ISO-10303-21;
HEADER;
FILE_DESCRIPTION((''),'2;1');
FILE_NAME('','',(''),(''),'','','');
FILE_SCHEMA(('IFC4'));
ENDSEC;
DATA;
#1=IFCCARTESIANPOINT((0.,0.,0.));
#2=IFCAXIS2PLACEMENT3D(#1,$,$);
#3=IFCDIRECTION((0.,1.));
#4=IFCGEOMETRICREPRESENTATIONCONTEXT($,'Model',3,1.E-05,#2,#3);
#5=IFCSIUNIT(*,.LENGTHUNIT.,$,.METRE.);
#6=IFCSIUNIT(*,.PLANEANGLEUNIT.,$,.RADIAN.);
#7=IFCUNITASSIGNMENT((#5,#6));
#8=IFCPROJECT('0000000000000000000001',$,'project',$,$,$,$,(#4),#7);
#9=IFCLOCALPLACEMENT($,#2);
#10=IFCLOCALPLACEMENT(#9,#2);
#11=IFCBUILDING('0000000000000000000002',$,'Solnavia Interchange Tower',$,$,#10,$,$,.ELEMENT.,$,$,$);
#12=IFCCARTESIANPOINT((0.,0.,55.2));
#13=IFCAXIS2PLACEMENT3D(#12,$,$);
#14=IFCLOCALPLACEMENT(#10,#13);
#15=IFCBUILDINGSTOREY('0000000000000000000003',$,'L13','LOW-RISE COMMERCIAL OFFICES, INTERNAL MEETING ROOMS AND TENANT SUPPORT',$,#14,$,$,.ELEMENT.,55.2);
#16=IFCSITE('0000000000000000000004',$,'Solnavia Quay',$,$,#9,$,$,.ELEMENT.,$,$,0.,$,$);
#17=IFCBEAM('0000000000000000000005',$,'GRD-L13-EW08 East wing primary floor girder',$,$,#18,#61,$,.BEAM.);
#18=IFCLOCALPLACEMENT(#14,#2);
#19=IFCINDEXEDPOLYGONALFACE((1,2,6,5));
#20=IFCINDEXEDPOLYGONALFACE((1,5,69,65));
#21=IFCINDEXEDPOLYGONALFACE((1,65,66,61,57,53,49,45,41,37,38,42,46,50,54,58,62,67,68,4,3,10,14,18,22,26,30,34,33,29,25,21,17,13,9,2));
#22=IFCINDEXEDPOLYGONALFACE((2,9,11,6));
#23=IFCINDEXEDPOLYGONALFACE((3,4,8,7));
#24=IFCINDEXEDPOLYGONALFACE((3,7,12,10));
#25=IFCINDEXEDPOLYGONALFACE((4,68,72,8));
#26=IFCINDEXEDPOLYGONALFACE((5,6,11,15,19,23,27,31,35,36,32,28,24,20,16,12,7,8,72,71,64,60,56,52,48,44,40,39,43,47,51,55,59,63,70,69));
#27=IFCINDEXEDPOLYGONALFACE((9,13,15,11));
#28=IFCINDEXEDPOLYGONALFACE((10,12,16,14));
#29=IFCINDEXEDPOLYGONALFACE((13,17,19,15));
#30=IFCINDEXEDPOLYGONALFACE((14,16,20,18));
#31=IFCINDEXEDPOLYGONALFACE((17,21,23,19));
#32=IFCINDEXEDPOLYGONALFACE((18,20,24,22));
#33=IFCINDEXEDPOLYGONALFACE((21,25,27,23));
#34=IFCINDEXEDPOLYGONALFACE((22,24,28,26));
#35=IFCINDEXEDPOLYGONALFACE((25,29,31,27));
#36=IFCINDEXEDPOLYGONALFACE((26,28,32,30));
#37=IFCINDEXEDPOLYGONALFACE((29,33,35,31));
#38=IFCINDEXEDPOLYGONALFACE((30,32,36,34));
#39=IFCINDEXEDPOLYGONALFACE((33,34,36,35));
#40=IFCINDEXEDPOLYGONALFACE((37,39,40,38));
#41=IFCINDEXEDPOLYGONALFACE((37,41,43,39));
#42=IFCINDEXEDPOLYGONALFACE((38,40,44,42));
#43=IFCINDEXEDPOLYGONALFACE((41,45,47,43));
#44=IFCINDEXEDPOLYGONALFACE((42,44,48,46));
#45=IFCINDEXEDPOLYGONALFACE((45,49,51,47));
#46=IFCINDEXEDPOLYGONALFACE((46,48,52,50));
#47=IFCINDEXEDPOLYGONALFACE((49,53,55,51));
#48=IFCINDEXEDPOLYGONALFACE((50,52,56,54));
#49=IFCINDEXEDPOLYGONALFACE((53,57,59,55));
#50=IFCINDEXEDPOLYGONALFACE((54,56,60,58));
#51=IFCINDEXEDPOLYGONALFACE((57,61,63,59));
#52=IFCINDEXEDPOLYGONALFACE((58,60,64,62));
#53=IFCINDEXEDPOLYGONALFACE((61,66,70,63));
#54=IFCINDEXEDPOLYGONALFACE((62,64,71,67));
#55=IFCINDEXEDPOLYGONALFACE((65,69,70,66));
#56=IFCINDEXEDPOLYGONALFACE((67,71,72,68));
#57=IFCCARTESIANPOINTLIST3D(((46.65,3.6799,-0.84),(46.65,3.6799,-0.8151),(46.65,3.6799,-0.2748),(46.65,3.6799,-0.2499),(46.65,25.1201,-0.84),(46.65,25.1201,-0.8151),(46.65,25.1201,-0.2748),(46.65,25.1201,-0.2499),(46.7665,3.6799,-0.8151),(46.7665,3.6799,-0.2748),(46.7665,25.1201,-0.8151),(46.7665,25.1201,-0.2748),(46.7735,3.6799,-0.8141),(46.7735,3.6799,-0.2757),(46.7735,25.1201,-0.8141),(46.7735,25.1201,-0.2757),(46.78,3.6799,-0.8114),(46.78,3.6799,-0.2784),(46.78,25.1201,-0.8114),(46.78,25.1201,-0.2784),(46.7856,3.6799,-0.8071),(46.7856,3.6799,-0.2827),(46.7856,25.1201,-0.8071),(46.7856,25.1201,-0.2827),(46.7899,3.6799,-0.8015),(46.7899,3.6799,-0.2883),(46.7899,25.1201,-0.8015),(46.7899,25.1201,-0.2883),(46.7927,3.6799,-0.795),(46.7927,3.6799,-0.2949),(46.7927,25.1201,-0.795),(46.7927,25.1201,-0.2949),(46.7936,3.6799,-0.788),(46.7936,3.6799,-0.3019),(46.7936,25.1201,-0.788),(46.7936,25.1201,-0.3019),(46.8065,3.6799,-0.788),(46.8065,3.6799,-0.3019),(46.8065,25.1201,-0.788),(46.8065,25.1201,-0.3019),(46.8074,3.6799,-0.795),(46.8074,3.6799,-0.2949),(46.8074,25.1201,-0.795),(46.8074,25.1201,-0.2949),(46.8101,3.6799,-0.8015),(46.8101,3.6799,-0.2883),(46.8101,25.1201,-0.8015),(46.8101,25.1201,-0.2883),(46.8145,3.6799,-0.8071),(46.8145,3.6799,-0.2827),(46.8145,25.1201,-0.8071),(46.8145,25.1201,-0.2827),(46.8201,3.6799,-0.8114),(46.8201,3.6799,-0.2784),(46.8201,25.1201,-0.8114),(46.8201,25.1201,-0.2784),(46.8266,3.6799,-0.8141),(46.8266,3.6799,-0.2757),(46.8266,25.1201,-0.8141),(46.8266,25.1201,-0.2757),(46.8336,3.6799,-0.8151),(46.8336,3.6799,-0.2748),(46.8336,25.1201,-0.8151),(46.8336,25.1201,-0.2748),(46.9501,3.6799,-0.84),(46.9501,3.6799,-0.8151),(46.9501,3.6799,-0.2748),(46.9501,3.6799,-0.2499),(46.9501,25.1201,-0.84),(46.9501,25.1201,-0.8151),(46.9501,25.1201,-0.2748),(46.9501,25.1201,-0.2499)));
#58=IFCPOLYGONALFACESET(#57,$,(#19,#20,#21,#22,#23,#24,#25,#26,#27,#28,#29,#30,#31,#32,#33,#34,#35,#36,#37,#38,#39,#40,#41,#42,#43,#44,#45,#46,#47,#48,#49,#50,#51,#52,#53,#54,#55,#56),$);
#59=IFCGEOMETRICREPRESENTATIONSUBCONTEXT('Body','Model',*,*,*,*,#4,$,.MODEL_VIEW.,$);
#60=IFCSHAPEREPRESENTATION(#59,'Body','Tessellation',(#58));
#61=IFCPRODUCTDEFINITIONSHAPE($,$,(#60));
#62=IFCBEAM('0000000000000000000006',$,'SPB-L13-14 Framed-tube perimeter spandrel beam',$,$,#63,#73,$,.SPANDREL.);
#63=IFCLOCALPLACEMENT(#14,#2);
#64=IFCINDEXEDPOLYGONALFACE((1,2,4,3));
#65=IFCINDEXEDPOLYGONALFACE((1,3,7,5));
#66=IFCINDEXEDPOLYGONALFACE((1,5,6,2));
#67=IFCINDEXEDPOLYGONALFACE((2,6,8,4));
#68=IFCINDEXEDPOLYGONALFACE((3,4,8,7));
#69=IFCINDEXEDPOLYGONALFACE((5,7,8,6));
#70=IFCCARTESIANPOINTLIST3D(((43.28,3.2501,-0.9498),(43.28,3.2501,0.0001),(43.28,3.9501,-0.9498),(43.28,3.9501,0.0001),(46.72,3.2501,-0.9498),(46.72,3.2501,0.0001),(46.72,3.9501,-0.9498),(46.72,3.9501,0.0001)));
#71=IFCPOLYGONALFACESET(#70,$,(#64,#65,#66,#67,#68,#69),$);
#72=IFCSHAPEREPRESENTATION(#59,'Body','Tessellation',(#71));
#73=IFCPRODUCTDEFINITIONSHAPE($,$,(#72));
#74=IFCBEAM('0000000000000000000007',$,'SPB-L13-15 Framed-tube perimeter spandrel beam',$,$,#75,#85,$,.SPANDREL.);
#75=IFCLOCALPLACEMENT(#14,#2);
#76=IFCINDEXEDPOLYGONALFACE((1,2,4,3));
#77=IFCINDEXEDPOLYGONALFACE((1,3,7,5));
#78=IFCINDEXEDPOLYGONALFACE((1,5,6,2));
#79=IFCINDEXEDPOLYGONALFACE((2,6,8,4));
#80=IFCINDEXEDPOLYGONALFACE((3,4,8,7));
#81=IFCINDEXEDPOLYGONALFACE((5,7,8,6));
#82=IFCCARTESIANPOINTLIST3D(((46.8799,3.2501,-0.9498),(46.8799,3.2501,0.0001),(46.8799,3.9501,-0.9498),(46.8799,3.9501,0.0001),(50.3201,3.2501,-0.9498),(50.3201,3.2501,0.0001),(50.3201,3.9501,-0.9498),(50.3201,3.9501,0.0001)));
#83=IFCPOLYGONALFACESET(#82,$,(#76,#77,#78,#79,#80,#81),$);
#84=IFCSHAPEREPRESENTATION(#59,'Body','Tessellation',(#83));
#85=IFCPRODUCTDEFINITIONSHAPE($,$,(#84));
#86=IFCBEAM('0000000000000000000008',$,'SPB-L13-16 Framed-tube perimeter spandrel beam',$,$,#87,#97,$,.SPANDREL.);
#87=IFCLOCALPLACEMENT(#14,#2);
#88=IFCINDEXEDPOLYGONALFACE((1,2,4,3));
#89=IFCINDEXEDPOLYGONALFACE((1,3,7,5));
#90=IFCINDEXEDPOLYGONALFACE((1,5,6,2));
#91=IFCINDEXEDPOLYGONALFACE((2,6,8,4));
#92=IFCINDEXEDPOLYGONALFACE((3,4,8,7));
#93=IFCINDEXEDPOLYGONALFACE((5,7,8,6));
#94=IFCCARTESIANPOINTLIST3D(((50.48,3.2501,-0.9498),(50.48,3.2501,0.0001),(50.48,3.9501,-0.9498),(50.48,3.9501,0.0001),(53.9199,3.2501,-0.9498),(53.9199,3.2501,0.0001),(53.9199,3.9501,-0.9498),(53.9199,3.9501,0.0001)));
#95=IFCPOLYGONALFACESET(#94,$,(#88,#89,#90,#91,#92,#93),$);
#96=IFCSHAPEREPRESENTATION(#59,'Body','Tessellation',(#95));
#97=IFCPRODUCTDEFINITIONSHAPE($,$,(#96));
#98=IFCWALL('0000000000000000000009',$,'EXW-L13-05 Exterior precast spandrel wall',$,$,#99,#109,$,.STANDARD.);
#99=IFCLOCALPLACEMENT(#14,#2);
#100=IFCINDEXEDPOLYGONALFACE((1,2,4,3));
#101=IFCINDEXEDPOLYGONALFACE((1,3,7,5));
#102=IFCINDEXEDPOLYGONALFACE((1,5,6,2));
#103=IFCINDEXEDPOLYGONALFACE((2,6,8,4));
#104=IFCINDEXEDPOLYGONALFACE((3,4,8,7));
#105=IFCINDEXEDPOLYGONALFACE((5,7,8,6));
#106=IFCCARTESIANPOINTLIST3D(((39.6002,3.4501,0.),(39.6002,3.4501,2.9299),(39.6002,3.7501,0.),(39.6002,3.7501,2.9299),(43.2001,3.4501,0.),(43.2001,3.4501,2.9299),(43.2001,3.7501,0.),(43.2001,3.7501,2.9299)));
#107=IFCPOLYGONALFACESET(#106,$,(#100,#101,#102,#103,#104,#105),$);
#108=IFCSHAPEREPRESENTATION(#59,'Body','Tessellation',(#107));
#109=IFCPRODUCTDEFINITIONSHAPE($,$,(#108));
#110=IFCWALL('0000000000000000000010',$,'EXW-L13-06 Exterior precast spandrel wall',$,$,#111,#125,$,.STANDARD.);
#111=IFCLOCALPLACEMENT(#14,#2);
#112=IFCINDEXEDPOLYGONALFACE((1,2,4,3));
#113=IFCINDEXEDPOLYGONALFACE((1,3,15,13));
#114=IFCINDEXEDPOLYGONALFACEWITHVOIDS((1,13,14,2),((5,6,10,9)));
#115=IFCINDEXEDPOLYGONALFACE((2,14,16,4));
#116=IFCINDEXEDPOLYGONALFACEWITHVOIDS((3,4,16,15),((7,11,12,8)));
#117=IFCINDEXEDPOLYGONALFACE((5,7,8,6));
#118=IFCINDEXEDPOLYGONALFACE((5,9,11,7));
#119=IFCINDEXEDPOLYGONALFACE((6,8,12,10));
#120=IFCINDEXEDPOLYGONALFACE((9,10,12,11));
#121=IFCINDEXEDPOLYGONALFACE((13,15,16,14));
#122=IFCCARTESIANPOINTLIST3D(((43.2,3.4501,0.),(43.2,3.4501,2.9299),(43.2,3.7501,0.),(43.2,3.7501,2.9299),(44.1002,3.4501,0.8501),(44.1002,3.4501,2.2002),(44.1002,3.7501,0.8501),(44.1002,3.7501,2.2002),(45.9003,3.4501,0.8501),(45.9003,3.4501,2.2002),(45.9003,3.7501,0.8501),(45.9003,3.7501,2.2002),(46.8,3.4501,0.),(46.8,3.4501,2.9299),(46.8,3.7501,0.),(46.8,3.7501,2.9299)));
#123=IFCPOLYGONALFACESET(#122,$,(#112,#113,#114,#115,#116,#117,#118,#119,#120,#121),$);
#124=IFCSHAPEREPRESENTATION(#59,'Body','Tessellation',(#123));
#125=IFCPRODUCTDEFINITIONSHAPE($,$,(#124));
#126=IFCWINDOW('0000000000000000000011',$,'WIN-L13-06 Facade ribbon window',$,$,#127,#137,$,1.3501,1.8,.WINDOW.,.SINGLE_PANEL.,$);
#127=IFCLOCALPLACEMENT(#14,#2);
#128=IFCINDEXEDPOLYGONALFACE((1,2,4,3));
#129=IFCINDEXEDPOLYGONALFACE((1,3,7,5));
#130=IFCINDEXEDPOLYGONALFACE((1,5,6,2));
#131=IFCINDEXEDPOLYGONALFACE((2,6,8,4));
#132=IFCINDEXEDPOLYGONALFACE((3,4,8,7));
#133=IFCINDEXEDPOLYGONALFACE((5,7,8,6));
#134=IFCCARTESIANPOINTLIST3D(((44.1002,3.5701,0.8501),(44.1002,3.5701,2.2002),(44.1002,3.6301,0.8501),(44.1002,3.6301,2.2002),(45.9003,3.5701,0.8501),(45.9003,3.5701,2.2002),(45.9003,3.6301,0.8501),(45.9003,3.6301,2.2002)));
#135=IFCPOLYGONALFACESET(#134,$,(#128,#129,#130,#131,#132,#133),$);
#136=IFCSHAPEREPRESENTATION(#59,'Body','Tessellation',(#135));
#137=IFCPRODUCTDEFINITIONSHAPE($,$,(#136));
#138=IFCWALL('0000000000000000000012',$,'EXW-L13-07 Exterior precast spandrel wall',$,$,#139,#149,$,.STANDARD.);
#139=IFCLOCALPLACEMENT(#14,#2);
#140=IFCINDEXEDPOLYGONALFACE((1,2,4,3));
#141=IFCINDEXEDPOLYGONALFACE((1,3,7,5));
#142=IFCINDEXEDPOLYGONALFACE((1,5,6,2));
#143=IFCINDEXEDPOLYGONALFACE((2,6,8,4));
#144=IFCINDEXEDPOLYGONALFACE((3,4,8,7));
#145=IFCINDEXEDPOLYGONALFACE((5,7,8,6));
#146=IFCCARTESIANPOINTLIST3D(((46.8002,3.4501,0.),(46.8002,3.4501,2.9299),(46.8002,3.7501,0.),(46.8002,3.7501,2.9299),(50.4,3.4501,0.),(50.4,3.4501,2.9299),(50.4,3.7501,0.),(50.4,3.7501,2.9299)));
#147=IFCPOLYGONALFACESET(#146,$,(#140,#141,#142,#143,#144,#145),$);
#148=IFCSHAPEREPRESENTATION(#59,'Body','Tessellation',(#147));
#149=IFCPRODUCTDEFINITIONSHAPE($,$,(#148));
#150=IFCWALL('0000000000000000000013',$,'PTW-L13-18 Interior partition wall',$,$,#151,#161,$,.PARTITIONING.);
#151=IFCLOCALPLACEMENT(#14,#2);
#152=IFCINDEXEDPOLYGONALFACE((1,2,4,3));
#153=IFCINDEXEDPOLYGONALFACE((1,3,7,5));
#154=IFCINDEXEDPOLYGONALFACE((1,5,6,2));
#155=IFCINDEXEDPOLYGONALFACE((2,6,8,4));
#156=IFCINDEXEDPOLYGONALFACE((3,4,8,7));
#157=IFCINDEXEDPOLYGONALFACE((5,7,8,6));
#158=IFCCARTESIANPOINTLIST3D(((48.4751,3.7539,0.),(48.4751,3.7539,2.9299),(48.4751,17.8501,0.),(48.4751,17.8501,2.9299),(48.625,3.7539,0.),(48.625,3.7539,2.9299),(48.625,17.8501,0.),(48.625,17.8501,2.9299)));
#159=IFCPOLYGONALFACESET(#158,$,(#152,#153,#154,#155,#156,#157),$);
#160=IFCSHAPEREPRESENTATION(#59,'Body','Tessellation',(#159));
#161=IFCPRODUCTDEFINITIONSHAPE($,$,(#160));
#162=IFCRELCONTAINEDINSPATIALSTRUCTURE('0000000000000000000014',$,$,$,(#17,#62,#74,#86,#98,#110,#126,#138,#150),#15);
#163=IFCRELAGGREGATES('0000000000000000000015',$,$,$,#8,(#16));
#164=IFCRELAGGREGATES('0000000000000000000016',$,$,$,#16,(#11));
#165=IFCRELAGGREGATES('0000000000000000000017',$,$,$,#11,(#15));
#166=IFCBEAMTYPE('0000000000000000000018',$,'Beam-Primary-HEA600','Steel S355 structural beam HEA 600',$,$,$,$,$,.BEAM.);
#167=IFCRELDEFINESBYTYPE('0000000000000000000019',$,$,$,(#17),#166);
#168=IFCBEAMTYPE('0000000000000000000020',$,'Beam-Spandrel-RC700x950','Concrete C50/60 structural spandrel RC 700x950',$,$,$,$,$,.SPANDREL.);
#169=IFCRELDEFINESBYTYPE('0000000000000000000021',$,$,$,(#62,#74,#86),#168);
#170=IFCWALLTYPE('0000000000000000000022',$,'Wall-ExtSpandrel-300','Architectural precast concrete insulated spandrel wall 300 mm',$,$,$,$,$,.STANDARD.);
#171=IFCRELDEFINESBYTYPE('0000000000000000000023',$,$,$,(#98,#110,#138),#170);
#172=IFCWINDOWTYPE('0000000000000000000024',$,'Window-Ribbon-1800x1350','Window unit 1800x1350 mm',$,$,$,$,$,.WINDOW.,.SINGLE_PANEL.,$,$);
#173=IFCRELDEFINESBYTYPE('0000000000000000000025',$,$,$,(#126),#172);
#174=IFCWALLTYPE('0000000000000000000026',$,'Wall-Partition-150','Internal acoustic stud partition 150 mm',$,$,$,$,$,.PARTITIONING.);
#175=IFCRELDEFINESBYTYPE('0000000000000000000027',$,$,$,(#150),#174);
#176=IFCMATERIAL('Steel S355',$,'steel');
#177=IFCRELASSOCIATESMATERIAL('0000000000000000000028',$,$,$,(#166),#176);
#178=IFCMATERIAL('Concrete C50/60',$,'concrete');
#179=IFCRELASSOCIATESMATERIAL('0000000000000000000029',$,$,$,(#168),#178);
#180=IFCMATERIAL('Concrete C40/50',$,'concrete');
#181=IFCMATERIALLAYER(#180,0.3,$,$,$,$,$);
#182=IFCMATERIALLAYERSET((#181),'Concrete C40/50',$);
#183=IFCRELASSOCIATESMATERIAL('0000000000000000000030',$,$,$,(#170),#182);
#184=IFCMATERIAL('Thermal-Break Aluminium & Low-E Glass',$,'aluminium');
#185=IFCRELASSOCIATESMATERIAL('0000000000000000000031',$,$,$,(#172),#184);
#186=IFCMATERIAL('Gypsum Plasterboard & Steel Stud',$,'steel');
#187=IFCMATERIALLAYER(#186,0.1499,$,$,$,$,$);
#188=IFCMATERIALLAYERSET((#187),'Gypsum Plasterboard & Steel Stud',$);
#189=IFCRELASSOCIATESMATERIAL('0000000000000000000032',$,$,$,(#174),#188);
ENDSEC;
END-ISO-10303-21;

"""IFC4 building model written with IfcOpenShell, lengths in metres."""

from ifc_helpers import new_model, si_unit, direction, frame, frame_2d, origin, origin_2d, place, context, subcontext, project, spatial, rectangle, i_section, extrude, material, layer, layer_set, material_profile, profile_set, type_object, element, fill, save


model = new_model("IFC4")

# Units and contexts
model_context = context("Model", 3, precision=1e-05, world=origin(), true_north=direction((0.0, 1.0)))
body_context = subcontext(model_context, "Body", "Model", "MODEL_VIEW")
ifc_project = project(units=[si_unit("LENGTHUNIT", "METRE"), si_unit("PLANEANGLEUNIT", "RADIAN")], contexts=[model_context])

# Site, building, storey
site_placement = place(None, origin())
site = spatial("IfcSite", under=ifc_project, at=site_placement, Name="Solnavia Quay", CompositionType="ELEMENT", RefElevation=0.0)
building_placement = place(site_placement, origin())
building = spatial("IfcBuilding", under=site, at=building_placement, Name="Solnavia Interchange Tower", CompositionType="ELEMENT")
storey_placement = place(building_placement, frame((0.0, 0.0, 55.2)))
storey = spatial("IfcBuildingStorey", under=building, at=storey_placement, Name="L13", Description="LOW-RISE COMMERCIAL OFFICES, INTERNAL MEETING ROOMS AND TENANT SUPPORT", CompositionType="ELEMENT", Elevation=55.2)

# Shared definitions
ifc_material_1 = material(Name="Steel S355", Category="steel")

# Beams
ifc_material_profile_1 = material_profile(ifc_material_1, i_section(OverallWidth=0.3, OverallDepth=0.5901, WebThickness=0.0129, FlangeThickness=0.0249, FilletRadius=0.0271, at=origin_2d()), Name="HEA 600")
ifc_profile_set_1 = profile_set([ifc_material_profile_1], Name="Steel S355")
beam_type_1 = type_object("IfcBeamType", Name="Beam-Primary-HEA600", Description="Steel S355 structural beam HEA 600", PredefinedType="BEAM", material=ifc_profile_set_1)
beam_1_placement = place(storey_placement, frame((46.8, 3.6799, -0.5449), z_axis=(0.0, 1.0, 0.0), x_axis=(-1.0, 0.0, 0.0)))
element("IfcBeam", 1, at=beam_1_placement, inside=storey, type_object=beam_type_1, Name="GRD-L13-EW08 East wing primary floor girder", PredefinedType="BEAM", context=body_context, shape_type="SweptSolid", body=[
    extrude(i_section(OverallWidth=0.3, OverallDepth=0.5901, WebThickness=0.0129, FlangeThickness=0.0249, FilletRadius=0.0271, at=origin_2d()), origin(), (0.0, 0.0, 1.0), 21.4402),
])
ifc_material_2 = material(Name="Concrete C50/60", Category="concrete")
ifc_material_profile_2 = material_profile(ifc_material_2, rectangle(XDim=0.7, YDim=0.95, at=origin_2d()), Name="RC 700x950")
ifc_profile_set_2 = profile_set([ifc_material_profile_2], Name="Concrete C50/60")
beam_type_2 = type_object("IfcBeamType", Name="Beam-Spandrel-RC700x950", Description="Concrete C50/60 structural spandrel RC 700x950", PredefinedType="SPANDREL", material=ifc_profile_set_2)
beam_2_placement = place(storey_placement, frame((43.28, 3.6001, -0.4749), z_axis=(1.0, 0.0, 0.0), x_axis=(0.0, 1.0, 0.0)))
element("IfcBeam", 2, at=beam_2_placement, inside=storey, type_object=beam_type_2, Name="SPB-L13-14 Framed-tube perimeter spandrel beam", PredefinedType="SPANDREL", context=body_context, shape_type="SweptSolid", body=[
    extrude(rectangle(XDim=0.7, YDim=0.95, at=origin_2d()), origin(), (0.0, 0.0, 1.0), 3.4399),
])
beam_3_placement = place(storey_placement, frame((46.8799, 3.6001, -0.4749), z_axis=(1.0, 0.0, 0.0), x_axis=(0.0, 1.0, 0.0)))
element("IfcBeam", 3, at=beam_3_placement, inside=storey, type_object=beam_type_2, Name="SPB-L13-15 Framed-tube perimeter spandrel beam", PredefinedType="SPANDREL", context=body_context, shape_type="SweptSolid", body=[
    extrude(rectangle(XDim=0.7, YDim=0.95, at=origin_2d()), origin(), (0.0, 0.0, 1.0), 3.4402),
])
beam_4_placement = place(storey_placement, frame((50.48, 3.6001, -0.4749), z_axis=(1.0, 0.0, 0.0), x_axis=(0.0, 1.0, 0.0)))
element("IfcBeam", 4, at=beam_4_placement, inside=storey, type_object=beam_type_2, Name="SPB-L13-16 Framed-tube perimeter spandrel beam", PredefinedType="SPANDREL", context=body_context, shape_type="SweptSolid", body=[
    extrude(rectangle(XDim=0.7, YDim=0.95, at=origin_2d()), origin(), (0.0, 0.0, 1.0), 3.4399),
])

# Wall
ifc_material_3 = material(Name="Concrete C40/50", Category="concrete")
ifc_layer_1 = layer(ifc_material_3, 0.3)
ifc_layer_set_1 = layer_set([ifc_layer_1], Name="Concrete C40/50")
wall_type_1 = type_object("IfcWallType", Name="Wall-ExtSpandrel-300", Description="Architectural precast concrete insulated spandrel wall 300 mm", PredefinedType="STANDARD", material=ifc_layer_set_1)
wall_1_placement = place(storey_placement, frame((43.2, 3.6001, 0.0), z_axis=(0.0, 0.0, 1.0), x_axis=(-1.0, 0.0, 0.0)))
element("IfcWall", 5, at=wall_1_placement, inside=storey, type_object=wall_type_1, Name="EXW-L13-05 Exterior precast spandrel wall", PredefinedType="STANDARD", context=body_context, shape_type="SweptSolid", body=[
    extrude(rectangle(XDim=3.5999, YDim=0.3, at=frame_2d((1.7998, 0.0))), origin(), (0.0, 0.0, 1.0), 2.9299),
])

# Wall, opening, window
wall_2_placement = place(storey_placement, frame((46.8, 3.6001, 0.0), z_axis=(0.0, 0.0, 1.0), x_axis=(-1.0, 0.0, 0.0)))
wall_2 = element("IfcWall", 6, at=wall_2_placement, inside=storey, type_object=wall_type_1, Name="EXW-L13-06 Exterior precast spandrel wall", PredefinedType="STANDARD", context=body_context, shape_type="SweptSolid", body=[
    extrude(rectangle(XDim=3.6001, YDim=0.3, at=frame_2d((1.8, 0.0))), origin(), (0.0, 0.0, 1.0), 2.9299),
])
opening_1_placement = place(wall_2_placement, frame((0.8999, 0.0, 0.8501)))
opening_1 = element("IfcOpeningElement", 7, at=opening_1_placement, cuts=wall_2, PredefinedType="OPENING", context=body_context, shape_type="SweptSolid", body=[
    extrude(rectangle(XDim=1.8, YDim=1.3501, at=frame_2d((0.8999, 0.675))), frame((0.0, 0.1602, 0.0), z_axis=(0.0, -1.0, 0.0), x_axis=(1.0, 0.0, 0.0)), (0.0, 0.0, 1.0), 0.3201),
])
ifc_material_4 = material(Name="Thermal-Break Aluminium & Low-E Glass", Category="aluminium")
window_type = type_object("IfcWindowType", Name="Window-Ribbon-1800x1350", Description="Window unit 1800x1350 mm", PartitioningType="SINGLE_PANEL", PredefinedType="WINDOW", material=ifc_material_4)
window_placement = place(opening_1_placement, origin())
window = element("IfcWindow", 8, at=window_placement, inside=storey, type_object=window_type, Name="WIN-L13-06 Facade ribbon window", OverallHeight=1.3501, OverallWidth=1.8, PartitioningType="SINGLE_PANEL", PredefinedType="WINDOW", context=body_context, shape_type="SweptSolid", body=[
    extrude(rectangle(XDim=1.8, YDim=1.3501, at=frame_2d((0.8999, 0.675))), frame((0.0, 0.03, 0.0), z_axis=(0.0, -1.0, 0.0), x_axis=(1.0, 0.0, 0.0)), (0.0, 0.0, 1.0), 0.0601),
])
fill(opening_1, window)

# Walls
wall_3_placement = place(storey_placement, frame((50.3999, 3.6001, 0.0), z_axis=(0.0, 0.0, 1.0), x_axis=(-1.0, 0.0, 0.0)))
element("IfcWall", 9, at=wall_3_placement, inside=storey, type_object=wall_type_1, Name="EXW-L13-07 Exterior precast spandrel wall", PredefinedType="STANDARD", context=body_context, shape_type="SweptSolid", body=[
    extrude(rectangle(XDim=3.5999, YDim=0.3, at=frame_2d((1.7998, 0.0))), origin(), (0.0, 0.0, 1.0), 2.9299),
])
ifc_material_5 = material(Name="Gypsum Plasterboard & Steel Stud", Category="steel")
ifc_layer_2 = layer(ifc_material_5, 0.1499)
ifc_layer_set_2 = layer_set([ifc_layer_2], Name="Gypsum Plasterboard & Steel Stud")
wall_type_2 = type_object("IfcWallType", Name="Wall-Partition-150", Description="Internal acoustic stud partition 150 mm", PredefinedType="PARTITIONING", material=ifc_layer_set_2)
wall_4_placement = place(storey_placement, frame((48.55, 3.7539, 0.0), z_axis=(0.0, 0.0, 1.0), x_axis=(0.0, 1.0, 0.0)))
element("IfcWall", 10, at=wall_4_placement, inside=storey, type_object=wall_type_2, Name="PTW-L13-18 Interior partition wall", PredefinedType="PARTITIONING", context=body_context, shape_type="SweptSolid", body=[
    extrude(rectangle(XDim=14.0962, YDim=0.1499, at=frame_2d((7.0481, 0.0))), origin(), (0.0, 0.0, 1.0), 2.9299),
])

save(model, "model.ifc")
